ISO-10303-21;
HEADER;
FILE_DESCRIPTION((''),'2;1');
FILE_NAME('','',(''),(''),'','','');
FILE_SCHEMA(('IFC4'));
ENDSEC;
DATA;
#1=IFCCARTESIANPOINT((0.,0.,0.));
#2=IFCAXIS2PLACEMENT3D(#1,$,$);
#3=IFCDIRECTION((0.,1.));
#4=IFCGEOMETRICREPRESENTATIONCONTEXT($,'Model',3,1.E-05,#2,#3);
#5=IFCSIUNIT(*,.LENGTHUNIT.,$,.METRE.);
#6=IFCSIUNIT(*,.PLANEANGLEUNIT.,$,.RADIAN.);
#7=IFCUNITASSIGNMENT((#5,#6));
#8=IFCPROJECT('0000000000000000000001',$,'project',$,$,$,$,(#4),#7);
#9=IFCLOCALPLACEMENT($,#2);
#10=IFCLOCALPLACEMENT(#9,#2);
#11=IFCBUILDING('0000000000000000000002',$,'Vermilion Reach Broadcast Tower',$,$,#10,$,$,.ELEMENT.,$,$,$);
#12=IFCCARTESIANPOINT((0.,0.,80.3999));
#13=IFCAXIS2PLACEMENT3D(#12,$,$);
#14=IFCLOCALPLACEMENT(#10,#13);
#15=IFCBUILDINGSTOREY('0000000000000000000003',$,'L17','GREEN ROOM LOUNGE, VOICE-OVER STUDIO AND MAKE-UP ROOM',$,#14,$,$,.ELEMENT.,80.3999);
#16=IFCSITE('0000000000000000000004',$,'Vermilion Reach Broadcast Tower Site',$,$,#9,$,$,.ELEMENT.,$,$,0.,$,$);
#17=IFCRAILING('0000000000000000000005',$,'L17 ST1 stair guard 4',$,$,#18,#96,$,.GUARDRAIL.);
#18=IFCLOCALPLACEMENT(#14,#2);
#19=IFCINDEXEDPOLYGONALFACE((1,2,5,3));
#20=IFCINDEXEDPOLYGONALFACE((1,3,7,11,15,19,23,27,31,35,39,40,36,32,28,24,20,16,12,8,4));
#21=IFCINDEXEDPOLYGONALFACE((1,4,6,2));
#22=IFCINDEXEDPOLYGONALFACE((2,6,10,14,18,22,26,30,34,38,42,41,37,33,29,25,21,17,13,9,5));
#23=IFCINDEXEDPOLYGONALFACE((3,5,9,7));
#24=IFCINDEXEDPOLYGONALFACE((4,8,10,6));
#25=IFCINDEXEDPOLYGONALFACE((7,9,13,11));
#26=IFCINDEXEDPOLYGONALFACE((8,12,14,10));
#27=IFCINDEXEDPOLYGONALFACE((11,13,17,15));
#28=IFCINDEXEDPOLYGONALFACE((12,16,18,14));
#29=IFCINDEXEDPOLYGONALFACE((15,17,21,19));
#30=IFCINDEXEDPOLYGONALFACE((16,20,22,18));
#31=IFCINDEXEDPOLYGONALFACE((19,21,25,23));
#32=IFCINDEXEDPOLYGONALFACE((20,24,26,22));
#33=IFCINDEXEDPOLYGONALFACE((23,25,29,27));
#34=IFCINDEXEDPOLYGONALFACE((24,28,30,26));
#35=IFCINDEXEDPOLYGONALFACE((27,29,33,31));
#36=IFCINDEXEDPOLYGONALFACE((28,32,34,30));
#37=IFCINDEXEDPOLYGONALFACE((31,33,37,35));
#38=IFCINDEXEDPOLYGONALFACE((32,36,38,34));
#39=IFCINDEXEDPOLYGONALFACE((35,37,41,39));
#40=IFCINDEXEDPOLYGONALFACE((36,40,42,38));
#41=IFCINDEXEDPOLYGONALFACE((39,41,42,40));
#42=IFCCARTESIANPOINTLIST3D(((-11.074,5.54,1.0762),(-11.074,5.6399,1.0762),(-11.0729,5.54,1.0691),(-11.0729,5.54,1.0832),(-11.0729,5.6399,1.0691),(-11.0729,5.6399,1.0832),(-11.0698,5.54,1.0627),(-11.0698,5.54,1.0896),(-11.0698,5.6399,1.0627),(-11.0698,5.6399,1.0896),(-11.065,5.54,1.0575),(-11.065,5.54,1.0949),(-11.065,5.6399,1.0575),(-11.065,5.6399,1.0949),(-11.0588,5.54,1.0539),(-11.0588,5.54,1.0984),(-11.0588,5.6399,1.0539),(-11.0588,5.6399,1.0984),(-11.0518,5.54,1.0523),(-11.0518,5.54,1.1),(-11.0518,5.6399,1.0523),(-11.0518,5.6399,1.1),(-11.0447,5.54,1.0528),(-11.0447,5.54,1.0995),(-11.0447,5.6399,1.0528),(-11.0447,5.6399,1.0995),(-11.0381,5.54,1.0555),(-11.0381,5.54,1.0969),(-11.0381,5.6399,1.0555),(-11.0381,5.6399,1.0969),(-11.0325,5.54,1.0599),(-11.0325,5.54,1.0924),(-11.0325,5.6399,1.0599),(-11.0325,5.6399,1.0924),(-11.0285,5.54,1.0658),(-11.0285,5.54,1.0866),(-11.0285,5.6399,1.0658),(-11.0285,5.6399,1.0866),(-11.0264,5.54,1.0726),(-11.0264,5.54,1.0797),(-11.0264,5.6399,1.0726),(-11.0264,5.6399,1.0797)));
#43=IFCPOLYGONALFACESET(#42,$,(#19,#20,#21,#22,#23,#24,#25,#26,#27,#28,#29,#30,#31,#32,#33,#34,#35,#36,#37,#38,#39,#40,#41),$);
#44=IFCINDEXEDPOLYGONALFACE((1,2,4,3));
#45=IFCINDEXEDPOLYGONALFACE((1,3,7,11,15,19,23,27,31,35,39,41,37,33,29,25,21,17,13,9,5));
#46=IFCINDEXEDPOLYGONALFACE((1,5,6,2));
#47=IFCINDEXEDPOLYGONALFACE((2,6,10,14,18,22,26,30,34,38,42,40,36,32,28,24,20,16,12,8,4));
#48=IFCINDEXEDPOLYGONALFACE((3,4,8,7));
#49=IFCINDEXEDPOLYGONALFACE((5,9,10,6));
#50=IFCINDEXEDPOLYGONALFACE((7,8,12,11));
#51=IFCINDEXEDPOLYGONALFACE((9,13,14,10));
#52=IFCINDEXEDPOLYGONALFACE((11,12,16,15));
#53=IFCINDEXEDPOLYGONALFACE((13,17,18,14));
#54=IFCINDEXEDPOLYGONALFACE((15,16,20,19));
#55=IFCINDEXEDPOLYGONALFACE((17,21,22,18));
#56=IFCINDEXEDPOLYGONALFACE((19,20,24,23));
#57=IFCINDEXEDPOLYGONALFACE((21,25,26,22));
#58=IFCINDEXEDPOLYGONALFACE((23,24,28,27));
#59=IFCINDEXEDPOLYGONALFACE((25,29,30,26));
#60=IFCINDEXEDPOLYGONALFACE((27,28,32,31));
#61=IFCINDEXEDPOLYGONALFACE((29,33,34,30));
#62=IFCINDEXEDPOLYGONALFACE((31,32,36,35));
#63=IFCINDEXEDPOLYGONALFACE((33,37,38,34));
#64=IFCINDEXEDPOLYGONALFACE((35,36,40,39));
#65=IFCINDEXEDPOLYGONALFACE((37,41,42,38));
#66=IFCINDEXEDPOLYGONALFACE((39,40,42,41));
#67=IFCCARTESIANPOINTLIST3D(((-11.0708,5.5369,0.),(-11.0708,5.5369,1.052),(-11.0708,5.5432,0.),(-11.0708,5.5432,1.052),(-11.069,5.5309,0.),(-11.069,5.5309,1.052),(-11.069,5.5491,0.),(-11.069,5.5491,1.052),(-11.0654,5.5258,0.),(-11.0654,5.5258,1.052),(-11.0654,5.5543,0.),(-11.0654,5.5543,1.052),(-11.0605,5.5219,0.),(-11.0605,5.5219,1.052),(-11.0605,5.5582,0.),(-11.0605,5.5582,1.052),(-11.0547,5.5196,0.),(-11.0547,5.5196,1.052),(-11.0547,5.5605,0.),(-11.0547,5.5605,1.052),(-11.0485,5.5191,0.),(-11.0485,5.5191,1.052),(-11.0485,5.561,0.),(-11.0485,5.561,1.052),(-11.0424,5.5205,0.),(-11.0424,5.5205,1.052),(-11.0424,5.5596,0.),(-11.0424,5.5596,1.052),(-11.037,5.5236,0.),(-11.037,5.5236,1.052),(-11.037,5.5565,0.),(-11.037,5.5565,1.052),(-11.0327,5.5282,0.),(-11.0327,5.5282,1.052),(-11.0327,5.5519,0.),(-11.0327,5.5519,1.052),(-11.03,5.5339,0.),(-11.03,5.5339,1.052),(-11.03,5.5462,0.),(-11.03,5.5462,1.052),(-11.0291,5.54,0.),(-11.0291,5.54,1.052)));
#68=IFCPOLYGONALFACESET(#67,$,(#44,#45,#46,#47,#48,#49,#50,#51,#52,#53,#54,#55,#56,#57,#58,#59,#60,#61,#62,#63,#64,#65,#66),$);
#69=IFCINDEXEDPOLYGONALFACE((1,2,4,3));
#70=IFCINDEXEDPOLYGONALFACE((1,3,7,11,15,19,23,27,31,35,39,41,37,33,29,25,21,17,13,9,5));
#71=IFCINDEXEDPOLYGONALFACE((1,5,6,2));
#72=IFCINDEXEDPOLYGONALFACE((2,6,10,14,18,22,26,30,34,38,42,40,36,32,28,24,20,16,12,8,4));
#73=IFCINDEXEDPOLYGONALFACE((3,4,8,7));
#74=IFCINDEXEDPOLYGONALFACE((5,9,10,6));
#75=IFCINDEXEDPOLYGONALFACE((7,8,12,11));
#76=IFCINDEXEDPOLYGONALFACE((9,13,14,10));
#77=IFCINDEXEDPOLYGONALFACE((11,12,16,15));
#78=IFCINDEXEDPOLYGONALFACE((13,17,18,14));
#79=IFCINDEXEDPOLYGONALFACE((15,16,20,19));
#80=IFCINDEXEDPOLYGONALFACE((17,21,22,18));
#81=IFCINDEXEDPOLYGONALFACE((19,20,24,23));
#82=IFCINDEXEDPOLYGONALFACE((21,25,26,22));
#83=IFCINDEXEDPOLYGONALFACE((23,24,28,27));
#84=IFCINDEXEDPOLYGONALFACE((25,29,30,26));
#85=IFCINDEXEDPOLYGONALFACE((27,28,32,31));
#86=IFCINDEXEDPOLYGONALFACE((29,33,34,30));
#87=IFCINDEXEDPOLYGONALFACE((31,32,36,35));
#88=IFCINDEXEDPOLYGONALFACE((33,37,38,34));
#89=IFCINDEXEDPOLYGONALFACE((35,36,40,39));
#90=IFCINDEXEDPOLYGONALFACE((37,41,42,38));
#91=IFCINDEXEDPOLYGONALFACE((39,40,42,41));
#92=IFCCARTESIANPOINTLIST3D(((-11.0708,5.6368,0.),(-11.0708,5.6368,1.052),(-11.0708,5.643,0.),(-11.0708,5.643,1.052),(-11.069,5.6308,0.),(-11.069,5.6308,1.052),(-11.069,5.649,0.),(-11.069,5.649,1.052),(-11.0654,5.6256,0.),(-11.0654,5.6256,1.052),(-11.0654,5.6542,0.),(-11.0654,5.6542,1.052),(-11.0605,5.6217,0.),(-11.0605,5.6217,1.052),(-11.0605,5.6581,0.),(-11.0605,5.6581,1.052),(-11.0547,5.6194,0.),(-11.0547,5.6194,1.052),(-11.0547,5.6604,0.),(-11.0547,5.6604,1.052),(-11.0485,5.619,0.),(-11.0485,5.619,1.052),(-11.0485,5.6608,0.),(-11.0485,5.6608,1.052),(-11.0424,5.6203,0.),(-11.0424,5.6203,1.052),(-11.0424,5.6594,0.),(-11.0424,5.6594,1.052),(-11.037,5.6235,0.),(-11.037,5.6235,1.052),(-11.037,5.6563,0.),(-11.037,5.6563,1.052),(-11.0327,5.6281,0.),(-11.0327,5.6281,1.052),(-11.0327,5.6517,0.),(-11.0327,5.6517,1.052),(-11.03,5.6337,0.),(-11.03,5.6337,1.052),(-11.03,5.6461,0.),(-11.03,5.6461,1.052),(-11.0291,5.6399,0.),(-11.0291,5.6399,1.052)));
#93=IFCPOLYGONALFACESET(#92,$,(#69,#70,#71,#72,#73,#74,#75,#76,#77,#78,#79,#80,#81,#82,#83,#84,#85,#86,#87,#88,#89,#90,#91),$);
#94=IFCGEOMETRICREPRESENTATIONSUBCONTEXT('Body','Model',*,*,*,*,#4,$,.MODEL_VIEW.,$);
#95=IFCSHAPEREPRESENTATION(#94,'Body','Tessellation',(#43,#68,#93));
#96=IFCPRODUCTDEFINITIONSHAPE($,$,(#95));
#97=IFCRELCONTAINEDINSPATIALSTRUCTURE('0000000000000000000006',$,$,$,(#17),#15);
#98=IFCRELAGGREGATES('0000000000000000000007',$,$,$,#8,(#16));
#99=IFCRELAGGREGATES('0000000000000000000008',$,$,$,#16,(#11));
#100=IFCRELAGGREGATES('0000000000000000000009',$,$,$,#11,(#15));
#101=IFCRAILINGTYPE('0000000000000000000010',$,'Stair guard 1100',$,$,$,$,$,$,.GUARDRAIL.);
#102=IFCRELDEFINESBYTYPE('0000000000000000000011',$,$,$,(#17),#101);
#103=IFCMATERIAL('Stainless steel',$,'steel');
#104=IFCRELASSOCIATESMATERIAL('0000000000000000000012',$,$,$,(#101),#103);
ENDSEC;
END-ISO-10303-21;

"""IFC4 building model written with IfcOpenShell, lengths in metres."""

from ifc_helpers import new_model, si_unit, direction, frame, origin, origin_2d, place, context, subcontext, project, spatial, circle, extrude, material, type_object, element, save


model = new_model("IFC4")

# Units and contexts
model_context = context("Model", 3, precision=1e-05, world=origin(), true_north=direction((0.0, 1.0)))
body_context = subcontext(model_context, "Body", "Model", "MODEL_VIEW")
ifc_project = project(units=[si_unit("LENGTHUNIT", "METRE"), si_unit("PLANEANGLEUNIT", "RADIAN")], contexts=[model_context])

# Site, building, storey
site_placement = place(None, origin())
site = spatial("IfcSite", under=ifc_project, at=site_placement, Name="Vermilion Reach Broadcast Tower Site", CompositionType="ELEMENT", RefElevation=0.0)
building_placement = place(site_placement, origin())
building = spatial("IfcBuilding", under=site, at=building_placement, Name="Vermilion Reach Broadcast Tower", CompositionType="ELEMENT")
storey_placement = place(building_placement, frame((0.0, 0.0, 80.3999)))
storey = spatial("IfcBuildingStorey", under=building, at=storey_placement, Name="L17", Description="GREEN ROOM LOUNGE, VOICE-OVER STUDIO AND MAKE-UP ROOM", CompositionType="ELEMENT", Elevation=80.3999)

# Railing
ifc_material_1 = material(Name="Stainless steel", Category="steel")
railing_type_1 = type_object("IfcRailingType", Name="Stair guard 1100", PredefinedType="GUARDRAIL", material=ifc_material_1)
railing_1_placement = place(storey_placement, frame((-11.05, 5.54, 0.0)))
element("IfcRailing", 1, at=railing_1_placement, inside=storey, type_object=railing_type_1, Name="L17 ST1 stair guard 4", PredefinedType="GUARDRAIL", context=body_context, shape_type="SweptSolid", body=[
    extrude(circle(Radius=0.0239, at=origin_2d()), frame((0.0, 0.0, 1.0762), z_axis=(0.0, 1.0, 0.0), x_axis=(-1.0, 0.0, 0.0)), (0.0, 0.0, 1.0), 0.0999),
    extrude(circle(Radius=0.021, at=origin_2d()), origin(), (0.0, 0.0, 1.0), 1.052),
    extrude(circle(Radius=0.021, at=origin_2d()), frame((0.0, 0.0999, 0.0)), (0.0, 0.0, 1.0), 1.052),
])

save(model, "model.ifc")
